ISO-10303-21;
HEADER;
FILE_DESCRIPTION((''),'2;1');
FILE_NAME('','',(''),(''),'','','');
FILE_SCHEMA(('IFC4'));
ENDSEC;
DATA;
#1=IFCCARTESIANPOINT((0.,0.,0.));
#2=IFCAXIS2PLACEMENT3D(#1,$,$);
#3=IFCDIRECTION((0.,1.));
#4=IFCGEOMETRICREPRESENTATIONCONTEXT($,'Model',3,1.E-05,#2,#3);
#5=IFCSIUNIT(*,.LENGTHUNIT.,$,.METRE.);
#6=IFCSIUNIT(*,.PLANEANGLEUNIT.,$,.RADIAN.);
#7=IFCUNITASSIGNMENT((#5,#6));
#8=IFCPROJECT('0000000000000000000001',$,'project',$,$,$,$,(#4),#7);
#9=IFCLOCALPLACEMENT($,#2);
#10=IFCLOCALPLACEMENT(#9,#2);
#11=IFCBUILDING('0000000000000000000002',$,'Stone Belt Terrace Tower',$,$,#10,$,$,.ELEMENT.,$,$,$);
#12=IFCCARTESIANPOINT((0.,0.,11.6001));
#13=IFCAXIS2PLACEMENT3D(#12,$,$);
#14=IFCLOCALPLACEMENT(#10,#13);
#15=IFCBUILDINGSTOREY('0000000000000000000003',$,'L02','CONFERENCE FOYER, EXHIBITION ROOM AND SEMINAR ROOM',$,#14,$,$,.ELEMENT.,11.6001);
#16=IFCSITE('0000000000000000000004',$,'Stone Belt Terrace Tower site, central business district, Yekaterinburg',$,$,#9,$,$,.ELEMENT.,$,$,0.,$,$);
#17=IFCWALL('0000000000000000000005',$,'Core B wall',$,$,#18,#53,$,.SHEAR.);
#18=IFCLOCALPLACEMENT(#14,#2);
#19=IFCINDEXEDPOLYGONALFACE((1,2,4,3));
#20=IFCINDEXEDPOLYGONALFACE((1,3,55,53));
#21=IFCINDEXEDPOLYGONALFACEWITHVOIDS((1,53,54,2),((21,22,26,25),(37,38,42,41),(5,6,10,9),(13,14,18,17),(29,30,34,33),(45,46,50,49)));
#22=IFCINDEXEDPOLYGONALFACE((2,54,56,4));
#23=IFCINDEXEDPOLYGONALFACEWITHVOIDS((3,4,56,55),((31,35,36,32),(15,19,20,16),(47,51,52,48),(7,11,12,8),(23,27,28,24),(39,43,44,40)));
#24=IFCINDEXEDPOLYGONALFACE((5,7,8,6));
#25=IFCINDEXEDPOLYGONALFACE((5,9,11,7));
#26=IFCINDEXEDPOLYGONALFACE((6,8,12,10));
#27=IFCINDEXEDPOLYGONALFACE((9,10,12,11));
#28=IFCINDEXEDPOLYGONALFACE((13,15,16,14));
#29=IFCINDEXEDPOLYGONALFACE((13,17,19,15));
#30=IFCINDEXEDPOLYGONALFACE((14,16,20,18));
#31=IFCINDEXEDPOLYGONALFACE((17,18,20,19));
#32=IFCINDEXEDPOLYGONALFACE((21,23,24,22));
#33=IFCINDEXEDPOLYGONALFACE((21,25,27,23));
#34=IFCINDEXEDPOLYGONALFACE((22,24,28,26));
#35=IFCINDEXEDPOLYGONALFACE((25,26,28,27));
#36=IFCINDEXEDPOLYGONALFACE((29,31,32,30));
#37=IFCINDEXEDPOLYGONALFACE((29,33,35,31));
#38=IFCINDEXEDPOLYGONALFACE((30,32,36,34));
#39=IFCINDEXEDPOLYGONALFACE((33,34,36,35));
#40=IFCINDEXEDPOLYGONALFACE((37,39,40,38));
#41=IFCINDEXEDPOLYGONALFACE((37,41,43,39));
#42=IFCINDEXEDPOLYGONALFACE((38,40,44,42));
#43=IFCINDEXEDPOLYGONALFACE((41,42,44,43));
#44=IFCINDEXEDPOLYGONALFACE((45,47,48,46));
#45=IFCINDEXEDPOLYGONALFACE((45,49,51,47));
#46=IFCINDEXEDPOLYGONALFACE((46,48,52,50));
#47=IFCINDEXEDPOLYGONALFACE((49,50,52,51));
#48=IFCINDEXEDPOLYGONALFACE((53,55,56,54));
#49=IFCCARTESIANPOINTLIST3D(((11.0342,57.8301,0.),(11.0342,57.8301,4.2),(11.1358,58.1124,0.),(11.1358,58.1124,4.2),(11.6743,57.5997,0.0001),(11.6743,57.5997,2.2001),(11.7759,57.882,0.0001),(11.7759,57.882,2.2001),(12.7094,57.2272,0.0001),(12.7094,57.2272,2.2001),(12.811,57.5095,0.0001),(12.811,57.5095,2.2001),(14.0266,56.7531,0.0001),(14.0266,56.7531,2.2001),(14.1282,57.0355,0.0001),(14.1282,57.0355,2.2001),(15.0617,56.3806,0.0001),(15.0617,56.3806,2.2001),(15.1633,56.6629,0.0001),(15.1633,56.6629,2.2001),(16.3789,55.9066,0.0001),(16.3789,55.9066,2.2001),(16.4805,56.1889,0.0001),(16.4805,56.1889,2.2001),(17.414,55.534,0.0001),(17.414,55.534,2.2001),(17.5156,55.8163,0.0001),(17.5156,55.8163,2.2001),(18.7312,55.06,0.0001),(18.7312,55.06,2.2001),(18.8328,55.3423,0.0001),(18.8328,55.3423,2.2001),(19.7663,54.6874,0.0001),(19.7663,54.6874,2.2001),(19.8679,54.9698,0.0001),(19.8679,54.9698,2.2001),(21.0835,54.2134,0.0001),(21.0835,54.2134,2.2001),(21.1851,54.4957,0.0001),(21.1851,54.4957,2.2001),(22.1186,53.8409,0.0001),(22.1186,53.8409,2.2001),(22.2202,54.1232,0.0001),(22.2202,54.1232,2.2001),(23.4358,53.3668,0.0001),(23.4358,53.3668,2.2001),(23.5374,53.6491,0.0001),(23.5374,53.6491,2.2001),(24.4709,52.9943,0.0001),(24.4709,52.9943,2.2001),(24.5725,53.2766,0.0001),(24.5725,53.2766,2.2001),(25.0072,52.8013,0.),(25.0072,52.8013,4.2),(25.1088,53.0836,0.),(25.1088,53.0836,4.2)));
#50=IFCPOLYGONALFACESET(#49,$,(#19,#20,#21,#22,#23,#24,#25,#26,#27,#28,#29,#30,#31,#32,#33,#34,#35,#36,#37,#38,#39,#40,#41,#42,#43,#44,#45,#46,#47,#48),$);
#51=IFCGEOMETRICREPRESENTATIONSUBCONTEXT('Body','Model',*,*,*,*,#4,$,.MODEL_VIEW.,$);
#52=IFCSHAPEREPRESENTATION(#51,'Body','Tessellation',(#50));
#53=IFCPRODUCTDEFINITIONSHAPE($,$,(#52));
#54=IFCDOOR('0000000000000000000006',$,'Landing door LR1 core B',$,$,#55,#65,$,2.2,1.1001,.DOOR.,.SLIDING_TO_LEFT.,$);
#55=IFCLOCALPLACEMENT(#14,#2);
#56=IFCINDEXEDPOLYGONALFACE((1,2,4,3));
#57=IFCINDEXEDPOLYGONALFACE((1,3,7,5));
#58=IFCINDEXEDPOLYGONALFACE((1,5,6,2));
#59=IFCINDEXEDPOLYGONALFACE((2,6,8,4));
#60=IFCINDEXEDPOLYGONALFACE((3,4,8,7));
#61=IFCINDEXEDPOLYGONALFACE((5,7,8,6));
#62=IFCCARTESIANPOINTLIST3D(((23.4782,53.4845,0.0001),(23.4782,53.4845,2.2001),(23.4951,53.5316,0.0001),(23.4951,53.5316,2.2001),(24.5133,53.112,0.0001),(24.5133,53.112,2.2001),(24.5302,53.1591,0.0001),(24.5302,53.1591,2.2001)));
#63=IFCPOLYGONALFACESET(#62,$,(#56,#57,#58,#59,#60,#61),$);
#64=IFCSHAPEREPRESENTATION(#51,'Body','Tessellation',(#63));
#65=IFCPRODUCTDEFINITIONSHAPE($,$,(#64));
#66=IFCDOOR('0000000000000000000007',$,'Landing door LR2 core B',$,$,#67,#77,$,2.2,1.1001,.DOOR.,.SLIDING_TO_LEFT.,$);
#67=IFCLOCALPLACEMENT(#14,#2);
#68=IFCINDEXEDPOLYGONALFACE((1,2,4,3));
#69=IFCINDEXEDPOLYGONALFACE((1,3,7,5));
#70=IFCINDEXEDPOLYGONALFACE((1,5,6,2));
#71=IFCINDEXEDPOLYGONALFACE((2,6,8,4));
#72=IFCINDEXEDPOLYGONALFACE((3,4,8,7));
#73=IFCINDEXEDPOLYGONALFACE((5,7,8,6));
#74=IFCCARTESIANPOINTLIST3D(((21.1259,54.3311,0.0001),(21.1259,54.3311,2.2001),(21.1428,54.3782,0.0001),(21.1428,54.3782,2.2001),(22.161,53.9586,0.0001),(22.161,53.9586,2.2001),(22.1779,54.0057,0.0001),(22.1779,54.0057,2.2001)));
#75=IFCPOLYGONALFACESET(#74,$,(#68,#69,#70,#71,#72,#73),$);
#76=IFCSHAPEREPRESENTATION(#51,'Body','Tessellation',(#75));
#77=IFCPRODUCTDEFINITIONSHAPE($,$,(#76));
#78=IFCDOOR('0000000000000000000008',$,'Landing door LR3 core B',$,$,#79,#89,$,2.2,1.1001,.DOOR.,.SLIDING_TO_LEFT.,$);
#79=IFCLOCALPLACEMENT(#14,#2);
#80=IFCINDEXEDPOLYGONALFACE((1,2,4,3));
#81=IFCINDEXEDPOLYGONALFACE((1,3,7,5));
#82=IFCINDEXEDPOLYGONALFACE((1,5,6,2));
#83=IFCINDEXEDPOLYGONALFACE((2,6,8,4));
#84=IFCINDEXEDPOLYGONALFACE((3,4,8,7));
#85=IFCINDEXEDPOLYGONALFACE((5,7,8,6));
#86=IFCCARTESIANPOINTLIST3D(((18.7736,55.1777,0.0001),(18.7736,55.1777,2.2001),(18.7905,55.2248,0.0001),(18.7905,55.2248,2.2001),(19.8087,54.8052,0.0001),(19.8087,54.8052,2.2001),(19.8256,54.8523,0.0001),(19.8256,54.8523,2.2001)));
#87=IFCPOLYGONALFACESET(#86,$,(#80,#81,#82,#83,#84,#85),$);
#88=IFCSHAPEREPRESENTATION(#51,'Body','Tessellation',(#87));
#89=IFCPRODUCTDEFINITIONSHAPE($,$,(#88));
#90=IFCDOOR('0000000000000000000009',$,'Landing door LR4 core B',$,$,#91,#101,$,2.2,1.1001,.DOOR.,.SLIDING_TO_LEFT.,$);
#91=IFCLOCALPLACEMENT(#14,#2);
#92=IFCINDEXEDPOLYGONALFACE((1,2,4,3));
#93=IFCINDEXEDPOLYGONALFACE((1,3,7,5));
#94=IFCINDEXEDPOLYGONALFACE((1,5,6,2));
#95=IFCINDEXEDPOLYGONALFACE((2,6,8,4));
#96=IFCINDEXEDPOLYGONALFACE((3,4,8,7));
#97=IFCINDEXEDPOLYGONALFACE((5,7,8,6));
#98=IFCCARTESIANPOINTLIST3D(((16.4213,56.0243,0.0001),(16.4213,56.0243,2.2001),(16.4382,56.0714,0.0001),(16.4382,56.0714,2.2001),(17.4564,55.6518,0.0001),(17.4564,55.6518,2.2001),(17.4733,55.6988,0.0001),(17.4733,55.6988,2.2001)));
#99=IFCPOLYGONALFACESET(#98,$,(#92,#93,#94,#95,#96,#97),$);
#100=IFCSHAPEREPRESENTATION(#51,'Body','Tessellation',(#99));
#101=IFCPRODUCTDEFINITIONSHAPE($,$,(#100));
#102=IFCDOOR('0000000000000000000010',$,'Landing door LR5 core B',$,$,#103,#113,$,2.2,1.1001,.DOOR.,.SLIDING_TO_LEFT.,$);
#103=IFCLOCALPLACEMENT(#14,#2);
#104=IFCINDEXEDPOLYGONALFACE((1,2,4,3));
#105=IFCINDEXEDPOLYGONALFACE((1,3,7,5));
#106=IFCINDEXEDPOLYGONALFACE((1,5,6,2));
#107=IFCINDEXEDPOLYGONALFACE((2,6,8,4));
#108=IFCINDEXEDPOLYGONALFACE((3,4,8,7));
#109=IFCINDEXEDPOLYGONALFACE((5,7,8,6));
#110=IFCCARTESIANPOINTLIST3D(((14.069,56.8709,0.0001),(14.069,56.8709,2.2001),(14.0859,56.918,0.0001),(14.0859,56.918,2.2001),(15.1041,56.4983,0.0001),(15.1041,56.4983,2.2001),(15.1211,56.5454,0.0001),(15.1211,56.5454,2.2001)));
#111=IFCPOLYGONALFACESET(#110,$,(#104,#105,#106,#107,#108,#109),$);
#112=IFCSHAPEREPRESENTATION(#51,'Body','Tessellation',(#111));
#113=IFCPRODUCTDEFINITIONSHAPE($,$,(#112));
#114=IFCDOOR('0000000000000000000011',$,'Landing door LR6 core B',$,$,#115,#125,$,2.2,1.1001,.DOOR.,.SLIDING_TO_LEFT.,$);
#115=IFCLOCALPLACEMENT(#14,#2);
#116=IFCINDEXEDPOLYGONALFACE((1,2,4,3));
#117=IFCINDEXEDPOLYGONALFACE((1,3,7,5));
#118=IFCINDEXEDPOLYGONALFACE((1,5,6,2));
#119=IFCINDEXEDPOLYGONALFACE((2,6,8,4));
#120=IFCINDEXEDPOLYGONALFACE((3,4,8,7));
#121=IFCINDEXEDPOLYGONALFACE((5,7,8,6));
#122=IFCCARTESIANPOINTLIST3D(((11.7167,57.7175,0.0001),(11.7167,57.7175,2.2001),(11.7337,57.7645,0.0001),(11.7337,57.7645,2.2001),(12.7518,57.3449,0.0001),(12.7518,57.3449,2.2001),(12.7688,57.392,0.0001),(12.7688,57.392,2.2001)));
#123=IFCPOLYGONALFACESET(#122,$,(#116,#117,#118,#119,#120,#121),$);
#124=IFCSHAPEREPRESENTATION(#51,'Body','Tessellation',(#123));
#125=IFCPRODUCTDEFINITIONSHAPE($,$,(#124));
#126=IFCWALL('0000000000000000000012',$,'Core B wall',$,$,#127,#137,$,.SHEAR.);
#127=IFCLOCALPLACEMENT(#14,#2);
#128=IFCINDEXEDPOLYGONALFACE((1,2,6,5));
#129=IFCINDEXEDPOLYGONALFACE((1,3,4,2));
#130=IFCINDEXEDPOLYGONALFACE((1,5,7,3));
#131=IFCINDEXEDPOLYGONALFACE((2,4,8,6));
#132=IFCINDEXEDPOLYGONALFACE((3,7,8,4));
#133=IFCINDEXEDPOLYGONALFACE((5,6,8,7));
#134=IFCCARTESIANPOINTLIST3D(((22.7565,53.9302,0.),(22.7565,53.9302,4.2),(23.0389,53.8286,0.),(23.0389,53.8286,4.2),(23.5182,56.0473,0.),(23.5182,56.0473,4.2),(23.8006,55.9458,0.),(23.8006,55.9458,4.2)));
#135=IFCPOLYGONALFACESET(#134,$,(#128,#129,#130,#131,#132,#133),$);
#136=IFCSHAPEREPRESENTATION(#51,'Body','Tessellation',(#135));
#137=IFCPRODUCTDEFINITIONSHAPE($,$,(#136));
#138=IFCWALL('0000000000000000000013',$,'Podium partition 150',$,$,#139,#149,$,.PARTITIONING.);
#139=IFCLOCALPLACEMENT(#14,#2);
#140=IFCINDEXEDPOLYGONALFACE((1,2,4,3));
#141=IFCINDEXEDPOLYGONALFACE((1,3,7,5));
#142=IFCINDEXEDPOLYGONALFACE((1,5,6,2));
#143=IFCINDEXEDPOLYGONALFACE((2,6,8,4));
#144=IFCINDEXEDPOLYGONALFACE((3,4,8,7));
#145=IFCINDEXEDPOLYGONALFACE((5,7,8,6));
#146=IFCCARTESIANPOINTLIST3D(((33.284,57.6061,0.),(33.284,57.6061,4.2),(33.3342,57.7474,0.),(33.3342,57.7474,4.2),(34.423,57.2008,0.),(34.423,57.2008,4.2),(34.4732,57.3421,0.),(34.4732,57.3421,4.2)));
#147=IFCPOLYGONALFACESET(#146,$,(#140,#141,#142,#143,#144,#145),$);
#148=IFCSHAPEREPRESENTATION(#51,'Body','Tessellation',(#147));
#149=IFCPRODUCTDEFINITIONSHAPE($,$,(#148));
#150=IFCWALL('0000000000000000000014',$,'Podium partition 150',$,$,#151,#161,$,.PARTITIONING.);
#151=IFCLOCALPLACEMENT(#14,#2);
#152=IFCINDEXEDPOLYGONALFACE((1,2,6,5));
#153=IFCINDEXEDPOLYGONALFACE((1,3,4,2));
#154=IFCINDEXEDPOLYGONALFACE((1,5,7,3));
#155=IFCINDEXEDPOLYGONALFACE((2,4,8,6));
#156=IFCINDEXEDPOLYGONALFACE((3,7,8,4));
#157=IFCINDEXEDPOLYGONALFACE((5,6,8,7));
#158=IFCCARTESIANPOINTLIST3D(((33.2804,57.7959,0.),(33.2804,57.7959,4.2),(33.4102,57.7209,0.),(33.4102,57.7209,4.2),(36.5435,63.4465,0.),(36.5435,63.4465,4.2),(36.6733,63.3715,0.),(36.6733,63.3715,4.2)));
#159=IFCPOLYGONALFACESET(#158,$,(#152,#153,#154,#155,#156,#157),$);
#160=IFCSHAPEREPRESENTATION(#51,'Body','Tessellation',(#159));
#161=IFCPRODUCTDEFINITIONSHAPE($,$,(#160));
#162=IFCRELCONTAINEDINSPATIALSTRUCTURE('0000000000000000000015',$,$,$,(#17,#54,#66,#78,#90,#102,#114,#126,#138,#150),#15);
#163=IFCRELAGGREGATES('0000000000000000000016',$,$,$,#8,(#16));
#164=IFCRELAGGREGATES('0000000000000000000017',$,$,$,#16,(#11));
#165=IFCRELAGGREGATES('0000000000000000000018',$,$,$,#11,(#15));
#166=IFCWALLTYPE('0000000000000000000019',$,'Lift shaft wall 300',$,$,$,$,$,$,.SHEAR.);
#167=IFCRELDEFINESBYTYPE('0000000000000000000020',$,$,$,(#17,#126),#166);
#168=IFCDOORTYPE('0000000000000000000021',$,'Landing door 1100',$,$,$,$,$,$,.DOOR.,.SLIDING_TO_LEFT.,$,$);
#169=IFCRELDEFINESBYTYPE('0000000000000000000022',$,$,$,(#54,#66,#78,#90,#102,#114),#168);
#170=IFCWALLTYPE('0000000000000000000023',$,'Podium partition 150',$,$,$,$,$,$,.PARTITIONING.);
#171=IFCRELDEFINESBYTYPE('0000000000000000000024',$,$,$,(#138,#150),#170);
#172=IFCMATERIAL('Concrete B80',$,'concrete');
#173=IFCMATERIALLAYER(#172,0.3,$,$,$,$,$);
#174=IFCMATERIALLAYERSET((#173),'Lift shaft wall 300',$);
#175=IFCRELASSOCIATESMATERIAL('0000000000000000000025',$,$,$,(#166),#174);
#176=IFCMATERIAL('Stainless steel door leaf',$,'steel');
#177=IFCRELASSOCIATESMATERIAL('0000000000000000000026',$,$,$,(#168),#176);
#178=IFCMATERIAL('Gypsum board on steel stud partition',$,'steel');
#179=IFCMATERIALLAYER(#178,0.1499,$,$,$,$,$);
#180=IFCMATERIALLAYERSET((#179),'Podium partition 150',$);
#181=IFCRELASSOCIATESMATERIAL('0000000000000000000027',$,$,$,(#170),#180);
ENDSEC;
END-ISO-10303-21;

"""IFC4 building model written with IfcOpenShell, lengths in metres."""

from ifc_helpers import new_model, si_unit, direction, frame, frame_2d, origin, place, context, subcontext, project, spatial, rectangle, extrude, material, layer, layer_set, type_object, element, fill, save


model = new_model("IFC4")

# Units and contexts
model_context = context("Model", 3, precision=1e-05, world=origin(), true_north=direction((0.0, 1.0)))
body_context = subcontext(model_context, "Body", "Model", "MODEL_VIEW")
ifc_project = project(units=[si_unit("LENGTHUNIT", "METRE"), si_unit("PLANEANGLEUNIT", "RADIAN")], contexts=[model_context])

# Site, building, storey
site_placement = place(None, origin())
site = spatial("IfcSite", under=ifc_project, at=site_placement, Name="Stone Belt Terrace Tower site, central business district, Yekaterinburg", CompositionType="ELEMENT", RefElevation=0.0)
building_placement = place(site_placement, origin())
building = spatial("IfcBuilding", under=site, at=building_placement, Name="Stone Belt Terrace Tower", CompositionType="ELEMENT")
storey_placement = place(building_placement, frame((0.0, 0.0, 11.6001)))
storey = spatial("IfcBuildingStorey", under=building, at=storey_placement, Name="L02", Description="CONFERENCE FOYER, EXHIBITION ROOM AND SEMINAR ROOM", CompositionType="ELEMENT", Elevation=11.6001)

# Shared definitions
ifc_material_1 = material(Name="Concrete B80", Category="concrete")

# Shared definitions
ifc_layer_1 = layer(ifc_material_1, 0.3)
ifc_layer_set_1 = layer_set([ifc_layer_1], Name="Lift shaft wall 300")
wall_type_1 = type_object("IfcWallType", Name="Lift shaft wall 300", PredefinedType="SHEAR", material=ifc_layer_set_1)
ifc_material_2 = material(Name="Stainless steel door leaf", Category="steel")

# Wall, openings, doors
wall_1_placement = place(storey_placement, frame((25.0581, 52.9424, 0.0), z_axis=(0.0, 0.0, 1.0), x_axis=(-0.940918, 0.338634, 0.0)))
wall_1 = element("IfcWall", 1, at=wall_1_placement, inside=storey, type_object=wall_type_1, Name="Core B wall", PredefinedType="SHEAR", context=body_context, shape_type="SweptSolid", body=[
    extrude(rectangle(XDim=14.8503, YDim=0.3, at=frame_2d((7.4253, 0.0))), origin(), (0.0, 0.0, 1.0), 4.2),
])
opening_1_placement = place(wall_1_placement, frame((0.5701, 0.0, 0.0)))
opening_1 = element("IfcOpeningElement", 2, at=opening_1_placement, cuts=wall_1, PredefinedType="OPENING", context=body_context, shape_type="SweptSolid", body=[
    extrude(rectangle(XDim=1.1001, YDim=2.2, at=frame_2d((0.55, 1.1001))), frame((0.0, 0.1599, 0.0), z_axis=(0.0, -1.0, 0.0), x_axis=(1.0, 0.0, 0.0)), (0.0, 0.0, 1.0), 0.3201),
])
opening_2_placement = place(wall_1_placement, frame((3.0701, 0.0, 0.0)))
opening_2 = element("IfcOpeningElement", 3, at=opening_2_placement, cuts=wall_1, PredefinedType="OPENING", context=body_context, shape_type="SweptSolid", body=[
    extrude(rectangle(XDim=1.1001, YDim=2.2, at=frame_2d((0.55, 1.1001))), frame((0.0, 0.1599, 0.0), z_axis=(0.0, -1.0, 0.0), x_axis=(1.0, 0.0, 0.0)), (0.0, 0.0, 1.0), 0.3201),
])
opening_3_placement = place(wall_1_placement, frame((5.5701, 0.0, 0.0)))
opening_3 = element("IfcOpeningElement", 4, at=opening_3_placement, cuts=wall_1, PredefinedType="OPENING", context=body_context, shape_type="SweptSolid", body=[
    extrude(rectangle(XDim=1.1001, YDim=2.2, at=frame_2d((0.55, 1.1001))), frame((0.0, 0.1599, 0.0), z_axis=(0.0, -1.0, 0.0), x_axis=(1.0, 0.0, 0.0)), (0.0, 0.0, 1.0), 0.3201),
])
opening_4_placement = place(wall_1_placement, frame((8.0701, 0.0, 0.0)))
opening_4 = element("IfcOpeningElement", 5, at=opening_4_placement, cuts=wall_1, PredefinedType="OPENING", context=body_context, shape_type="SweptSolid", body=[
    extrude(rectangle(XDim=1.1001, YDim=2.2, at=frame_2d((0.55, 1.1001))), frame((0.0, 0.1599, 0.0), z_axis=(0.0, -1.0, 0.0), x_axis=(1.0, 0.0, 0.0)), (0.0, 0.0, 1.0), 0.3201),
])
opening_5_placement = place(wall_1_placement, frame((10.5701, 0.0, 0.0)))
opening_5 = element("IfcOpeningElement", 6, at=opening_5_placement, cuts=wall_1, PredefinedType="OPENING", context=body_context, shape_type="SweptSolid", body=[
    extrude(rectangle(XDim=1.1001, YDim=2.2, at=frame_2d((0.55, 1.1001))), frame((0.0, 0.1599, 0.0), z_axis=(0.0, -1.0, 0.0), x_axis=(1.0, 0.0, 0.0)), (0.0, 0.0, 1.0), 0.3201),
])
opening_6_placement = place(wall_1_placement, frame((13.0701, 0.0, 0.0)))
opening_6 = element("IfcOpeningElement", 7, at=opening_6_placement, cuts=wall_1, PredefinedType="OPENING", context=body_context, shape_type="SweptSolid", body=[
    extrude(rectangle(XDim=1.1001, YDim=2.2, at=frame_2d((0.55, 1.1001))), frame((0.0, 0.1599, 0.0), z_axis=(0.0, -1.0, 0.0), x_axis=(1.0, 0.0, 0.0)), (0.0, 0.0, 1.0), 0.3201),
])
door_type_1 = type_object("IfcDoorType", Name="Landing door 1100", OperationType="SLIDING_TO_LEFT", PredefinedType="DOOR", material=ifc_material_2)
door_1_placement = place(opening_1_placement, origin())
door_1 = element("IfcDoor", 8, at=door_1_placement, inside=storey, type_object=door_type_1, Name="Landing door LR1 core B", OperationType="SLIDING_TO_LEFT", OverallHeight=2.2, OverallWidth=1.1001, PredefinedType="DOOR", context=body_context, shape_type="SweptSolid", body=[
    extrude(rectangle(XDim=1.1001, YDim=2.2, at=frame_2d((0.55, 1.1001))), frame((0.0, 0.0249, 0.0), z_axis=(0.0, -1.0, 0.0), x_axis=(1.0, 0.0, 0.0)), (0.0, 0.0, 1.0), 0.05),
])
fill(opening_1, door_1)
door_2_placement = place(opening_2_placement, origin())
door_2 = element("IfcDoor", 9, at=door_2_placement, inside=storey, type_object=door_type_1, Name="Landing door LR2 core B", OperationType="SLIDING_TO_LEFT", OverallHeight=2.2, OverallWidth=1.1001, PredefinedType="DOOR", context=body_context, shape_type="SweptSolid", body=[
    extrude(rectangle(XDim=1.1001, YDim=2.2, at=frame_2d((0.55, 1.1001))), frame((0.0, 0.0249, 0.0), z_axis=(0.0, -1.0, 0.0), x_axis=(1.0, 0.0, 0.0)), (0.0, 0.0, 1.0), 0.05),
])
fill(opening_2, door_2)
door_3_placement = place(opening_3_placement, origin())
door_3 = element("IfcDoor", 10, at=door_3_placement, inside=storey, type_object=door_type_1, Name="Landing door LR3 core B", OperationType="SLIDING_TO_LEFT", OverallHeight=2.2, OverallWidth=1.1001, PredefinedType="DOOR", context=body_context, shape_type="SweptSolid", body=[
    extrude(rectangle(XDim=1.1001, YDim=2.2, at=frame_2d((0.55, 1.1001))), frame((0.0, 0.0249, 0.0), z_axis=(0.0, -1.0, 0.0), x_axis=(1.0, 0.0, 0.0)), (0.0, 0.0, 1.0), 0.05),
])
fill(opening_3, door_3)
door_4_placement = place(opening_4_placement, origin())
door_4 = element("IfcDoor", 11, at=door_4_placement, inside=storey, type_object=door_type_1, Name="Landing door LR4 core B", OperationType="SLIDING_TO_LEFT", OverallHeight=2.2, OverallWidth=1.1001, PredefinedType="DOOR", context=body_context, shape_type="SweptSolid", body=[
    extrude(rectangle(XDim=1.1001, YDim=2.2, at=frame_2d((0.55, 1.1001))), frame((0.0, 0.0249, 0.0), z_axis=(0.0, -1.0, 0.0), x_axis=(1.0, 0.0, 0.0)), (0.0, 0.0, 1.0), 0.05),
])
fill(opening_4, door_4)
door_5_placement = place(opening_5_placement, origin())
door_5 = element("IfcDoor", 12, at=door_5_placement, inside=storey, type_object=door_type_1, Name="Landing door LR5 core B", OperationType="SLIDING_TO_LEFT", OverallHeight=2.2, OverallWidth=1.1001, PredefinedType="DOOR", context=body_context, shape_type="SweptSolid", body=[
    extrude(rectangle(XDim=1.1001, YDim=2.2, at=frame_2d((0.55, 1.1001))), frame((0.0, 0.0249, 0.0), z_axis=(0.0, -1.0, 0.0), x_axis=(1.0, 0.0, 0.0)), (0.0, 0.0, 1.0), 0.05),
])
fill(opening_5, door_5)
door_6_placement = place(opening_6_placement, origin())
door_6 = element("IfcDoor", 13, at=door_6_placement, inside=storey, type_object=door_type_1, Name="Landing door LR6 core B", OperationType="SLIDING_TO_LEFT", OverallHeight=2.2, OverallWidth=1.1001, PredefinedType="DOOR", context=body_context, shape_type="SweptSolid", body=[
    extrude(rectangle(XDim=1.1001, YDim=2.2, at=frame_2d((0.55, 1.1001))), frame((0.0, 0.0249, 0.0), z_axis=(0.0, -1.0, 0.0), x_axis=(1.0, 0.0, 0.0)), (0.0, 0.0, 1.0), 0.05),
])
fill(opening_6, door_6)

# Walls
wall_2_placement = place(storey_placement, frame((22.8977, 53.8794, 0.0), z_axis=(0.0, 0.0, 1.0), x_axis=(0.338535, 0.940954, 0.0)))
element("IfcWall", 14, at=wall_2_placement, inside=storey, type_object=wall_type_1, Name="Core B wall", PredefinedType="SHEAR", context=body_context, shape_type="SweptSolid", body=[
    extrude(rectangle(XDim=2.25, YDim=0.3, at=frame_2d((1.125, 0.0))), origin(), (0.0, 0.0, 1.0), 4.2),
])
ifc_material_3 = material(Name="Gypsum board on steel stud partition", Category="steel")
ifc_layer_2 = layer(ifc_material_3, 0.1499)
ifc_layer_set_2 = layer_set([ifc_layer_2], Name="Podium partition 150")
wall_type_2 = type_object("IfcWallType", Name="Podium partition 150", PredefinedType="PARTITIONING", material=ifc_layer_set_2)
wall_3_placement = place(storey_placement, frame((33.3091, 57.6768, 0.0), z_axis=(0.0, 0.0, 1.0), x_axis=(0.94213, -0.335249, 0.0)))
element("IfcWall", 15, at=wall_3_placement, inside=storey, type_object=wall_type_2, Name="Podium partition 150", PredefinedType="PARTITIONING", context=body_context, shape_type="SweptSolid", body=[
    extrude(rectangle(XDim=1.209, YDim=0.1499, at=frame_2d((0.6045, 0.0))), origin(), (0.0, 0.0, 1.0), 4.2),
])
wall_4_placement = place(storey_placement, frame((33.3452, 57.7583, 0.0), z_axis=(0.0, 0.0, 1.0), x_axis=(0.500091, 0.865973, 0.0)))
element("IfcWall", 16, at=wall_4_placement, inside=storey, type_object=wall_type_2, Name="Podium partition 150", PredefinedType="PARTITIONING", context=body_context, shape_type="SweptSolid", body=[
    extrude(rectangle(XDim=6.5251, YDim=0.1499, at=frame_2d((3.2627, 0.0))), origin(), (0.0, 0.0, 1.0), 4.2),
])

save(model, "model.ifc")
